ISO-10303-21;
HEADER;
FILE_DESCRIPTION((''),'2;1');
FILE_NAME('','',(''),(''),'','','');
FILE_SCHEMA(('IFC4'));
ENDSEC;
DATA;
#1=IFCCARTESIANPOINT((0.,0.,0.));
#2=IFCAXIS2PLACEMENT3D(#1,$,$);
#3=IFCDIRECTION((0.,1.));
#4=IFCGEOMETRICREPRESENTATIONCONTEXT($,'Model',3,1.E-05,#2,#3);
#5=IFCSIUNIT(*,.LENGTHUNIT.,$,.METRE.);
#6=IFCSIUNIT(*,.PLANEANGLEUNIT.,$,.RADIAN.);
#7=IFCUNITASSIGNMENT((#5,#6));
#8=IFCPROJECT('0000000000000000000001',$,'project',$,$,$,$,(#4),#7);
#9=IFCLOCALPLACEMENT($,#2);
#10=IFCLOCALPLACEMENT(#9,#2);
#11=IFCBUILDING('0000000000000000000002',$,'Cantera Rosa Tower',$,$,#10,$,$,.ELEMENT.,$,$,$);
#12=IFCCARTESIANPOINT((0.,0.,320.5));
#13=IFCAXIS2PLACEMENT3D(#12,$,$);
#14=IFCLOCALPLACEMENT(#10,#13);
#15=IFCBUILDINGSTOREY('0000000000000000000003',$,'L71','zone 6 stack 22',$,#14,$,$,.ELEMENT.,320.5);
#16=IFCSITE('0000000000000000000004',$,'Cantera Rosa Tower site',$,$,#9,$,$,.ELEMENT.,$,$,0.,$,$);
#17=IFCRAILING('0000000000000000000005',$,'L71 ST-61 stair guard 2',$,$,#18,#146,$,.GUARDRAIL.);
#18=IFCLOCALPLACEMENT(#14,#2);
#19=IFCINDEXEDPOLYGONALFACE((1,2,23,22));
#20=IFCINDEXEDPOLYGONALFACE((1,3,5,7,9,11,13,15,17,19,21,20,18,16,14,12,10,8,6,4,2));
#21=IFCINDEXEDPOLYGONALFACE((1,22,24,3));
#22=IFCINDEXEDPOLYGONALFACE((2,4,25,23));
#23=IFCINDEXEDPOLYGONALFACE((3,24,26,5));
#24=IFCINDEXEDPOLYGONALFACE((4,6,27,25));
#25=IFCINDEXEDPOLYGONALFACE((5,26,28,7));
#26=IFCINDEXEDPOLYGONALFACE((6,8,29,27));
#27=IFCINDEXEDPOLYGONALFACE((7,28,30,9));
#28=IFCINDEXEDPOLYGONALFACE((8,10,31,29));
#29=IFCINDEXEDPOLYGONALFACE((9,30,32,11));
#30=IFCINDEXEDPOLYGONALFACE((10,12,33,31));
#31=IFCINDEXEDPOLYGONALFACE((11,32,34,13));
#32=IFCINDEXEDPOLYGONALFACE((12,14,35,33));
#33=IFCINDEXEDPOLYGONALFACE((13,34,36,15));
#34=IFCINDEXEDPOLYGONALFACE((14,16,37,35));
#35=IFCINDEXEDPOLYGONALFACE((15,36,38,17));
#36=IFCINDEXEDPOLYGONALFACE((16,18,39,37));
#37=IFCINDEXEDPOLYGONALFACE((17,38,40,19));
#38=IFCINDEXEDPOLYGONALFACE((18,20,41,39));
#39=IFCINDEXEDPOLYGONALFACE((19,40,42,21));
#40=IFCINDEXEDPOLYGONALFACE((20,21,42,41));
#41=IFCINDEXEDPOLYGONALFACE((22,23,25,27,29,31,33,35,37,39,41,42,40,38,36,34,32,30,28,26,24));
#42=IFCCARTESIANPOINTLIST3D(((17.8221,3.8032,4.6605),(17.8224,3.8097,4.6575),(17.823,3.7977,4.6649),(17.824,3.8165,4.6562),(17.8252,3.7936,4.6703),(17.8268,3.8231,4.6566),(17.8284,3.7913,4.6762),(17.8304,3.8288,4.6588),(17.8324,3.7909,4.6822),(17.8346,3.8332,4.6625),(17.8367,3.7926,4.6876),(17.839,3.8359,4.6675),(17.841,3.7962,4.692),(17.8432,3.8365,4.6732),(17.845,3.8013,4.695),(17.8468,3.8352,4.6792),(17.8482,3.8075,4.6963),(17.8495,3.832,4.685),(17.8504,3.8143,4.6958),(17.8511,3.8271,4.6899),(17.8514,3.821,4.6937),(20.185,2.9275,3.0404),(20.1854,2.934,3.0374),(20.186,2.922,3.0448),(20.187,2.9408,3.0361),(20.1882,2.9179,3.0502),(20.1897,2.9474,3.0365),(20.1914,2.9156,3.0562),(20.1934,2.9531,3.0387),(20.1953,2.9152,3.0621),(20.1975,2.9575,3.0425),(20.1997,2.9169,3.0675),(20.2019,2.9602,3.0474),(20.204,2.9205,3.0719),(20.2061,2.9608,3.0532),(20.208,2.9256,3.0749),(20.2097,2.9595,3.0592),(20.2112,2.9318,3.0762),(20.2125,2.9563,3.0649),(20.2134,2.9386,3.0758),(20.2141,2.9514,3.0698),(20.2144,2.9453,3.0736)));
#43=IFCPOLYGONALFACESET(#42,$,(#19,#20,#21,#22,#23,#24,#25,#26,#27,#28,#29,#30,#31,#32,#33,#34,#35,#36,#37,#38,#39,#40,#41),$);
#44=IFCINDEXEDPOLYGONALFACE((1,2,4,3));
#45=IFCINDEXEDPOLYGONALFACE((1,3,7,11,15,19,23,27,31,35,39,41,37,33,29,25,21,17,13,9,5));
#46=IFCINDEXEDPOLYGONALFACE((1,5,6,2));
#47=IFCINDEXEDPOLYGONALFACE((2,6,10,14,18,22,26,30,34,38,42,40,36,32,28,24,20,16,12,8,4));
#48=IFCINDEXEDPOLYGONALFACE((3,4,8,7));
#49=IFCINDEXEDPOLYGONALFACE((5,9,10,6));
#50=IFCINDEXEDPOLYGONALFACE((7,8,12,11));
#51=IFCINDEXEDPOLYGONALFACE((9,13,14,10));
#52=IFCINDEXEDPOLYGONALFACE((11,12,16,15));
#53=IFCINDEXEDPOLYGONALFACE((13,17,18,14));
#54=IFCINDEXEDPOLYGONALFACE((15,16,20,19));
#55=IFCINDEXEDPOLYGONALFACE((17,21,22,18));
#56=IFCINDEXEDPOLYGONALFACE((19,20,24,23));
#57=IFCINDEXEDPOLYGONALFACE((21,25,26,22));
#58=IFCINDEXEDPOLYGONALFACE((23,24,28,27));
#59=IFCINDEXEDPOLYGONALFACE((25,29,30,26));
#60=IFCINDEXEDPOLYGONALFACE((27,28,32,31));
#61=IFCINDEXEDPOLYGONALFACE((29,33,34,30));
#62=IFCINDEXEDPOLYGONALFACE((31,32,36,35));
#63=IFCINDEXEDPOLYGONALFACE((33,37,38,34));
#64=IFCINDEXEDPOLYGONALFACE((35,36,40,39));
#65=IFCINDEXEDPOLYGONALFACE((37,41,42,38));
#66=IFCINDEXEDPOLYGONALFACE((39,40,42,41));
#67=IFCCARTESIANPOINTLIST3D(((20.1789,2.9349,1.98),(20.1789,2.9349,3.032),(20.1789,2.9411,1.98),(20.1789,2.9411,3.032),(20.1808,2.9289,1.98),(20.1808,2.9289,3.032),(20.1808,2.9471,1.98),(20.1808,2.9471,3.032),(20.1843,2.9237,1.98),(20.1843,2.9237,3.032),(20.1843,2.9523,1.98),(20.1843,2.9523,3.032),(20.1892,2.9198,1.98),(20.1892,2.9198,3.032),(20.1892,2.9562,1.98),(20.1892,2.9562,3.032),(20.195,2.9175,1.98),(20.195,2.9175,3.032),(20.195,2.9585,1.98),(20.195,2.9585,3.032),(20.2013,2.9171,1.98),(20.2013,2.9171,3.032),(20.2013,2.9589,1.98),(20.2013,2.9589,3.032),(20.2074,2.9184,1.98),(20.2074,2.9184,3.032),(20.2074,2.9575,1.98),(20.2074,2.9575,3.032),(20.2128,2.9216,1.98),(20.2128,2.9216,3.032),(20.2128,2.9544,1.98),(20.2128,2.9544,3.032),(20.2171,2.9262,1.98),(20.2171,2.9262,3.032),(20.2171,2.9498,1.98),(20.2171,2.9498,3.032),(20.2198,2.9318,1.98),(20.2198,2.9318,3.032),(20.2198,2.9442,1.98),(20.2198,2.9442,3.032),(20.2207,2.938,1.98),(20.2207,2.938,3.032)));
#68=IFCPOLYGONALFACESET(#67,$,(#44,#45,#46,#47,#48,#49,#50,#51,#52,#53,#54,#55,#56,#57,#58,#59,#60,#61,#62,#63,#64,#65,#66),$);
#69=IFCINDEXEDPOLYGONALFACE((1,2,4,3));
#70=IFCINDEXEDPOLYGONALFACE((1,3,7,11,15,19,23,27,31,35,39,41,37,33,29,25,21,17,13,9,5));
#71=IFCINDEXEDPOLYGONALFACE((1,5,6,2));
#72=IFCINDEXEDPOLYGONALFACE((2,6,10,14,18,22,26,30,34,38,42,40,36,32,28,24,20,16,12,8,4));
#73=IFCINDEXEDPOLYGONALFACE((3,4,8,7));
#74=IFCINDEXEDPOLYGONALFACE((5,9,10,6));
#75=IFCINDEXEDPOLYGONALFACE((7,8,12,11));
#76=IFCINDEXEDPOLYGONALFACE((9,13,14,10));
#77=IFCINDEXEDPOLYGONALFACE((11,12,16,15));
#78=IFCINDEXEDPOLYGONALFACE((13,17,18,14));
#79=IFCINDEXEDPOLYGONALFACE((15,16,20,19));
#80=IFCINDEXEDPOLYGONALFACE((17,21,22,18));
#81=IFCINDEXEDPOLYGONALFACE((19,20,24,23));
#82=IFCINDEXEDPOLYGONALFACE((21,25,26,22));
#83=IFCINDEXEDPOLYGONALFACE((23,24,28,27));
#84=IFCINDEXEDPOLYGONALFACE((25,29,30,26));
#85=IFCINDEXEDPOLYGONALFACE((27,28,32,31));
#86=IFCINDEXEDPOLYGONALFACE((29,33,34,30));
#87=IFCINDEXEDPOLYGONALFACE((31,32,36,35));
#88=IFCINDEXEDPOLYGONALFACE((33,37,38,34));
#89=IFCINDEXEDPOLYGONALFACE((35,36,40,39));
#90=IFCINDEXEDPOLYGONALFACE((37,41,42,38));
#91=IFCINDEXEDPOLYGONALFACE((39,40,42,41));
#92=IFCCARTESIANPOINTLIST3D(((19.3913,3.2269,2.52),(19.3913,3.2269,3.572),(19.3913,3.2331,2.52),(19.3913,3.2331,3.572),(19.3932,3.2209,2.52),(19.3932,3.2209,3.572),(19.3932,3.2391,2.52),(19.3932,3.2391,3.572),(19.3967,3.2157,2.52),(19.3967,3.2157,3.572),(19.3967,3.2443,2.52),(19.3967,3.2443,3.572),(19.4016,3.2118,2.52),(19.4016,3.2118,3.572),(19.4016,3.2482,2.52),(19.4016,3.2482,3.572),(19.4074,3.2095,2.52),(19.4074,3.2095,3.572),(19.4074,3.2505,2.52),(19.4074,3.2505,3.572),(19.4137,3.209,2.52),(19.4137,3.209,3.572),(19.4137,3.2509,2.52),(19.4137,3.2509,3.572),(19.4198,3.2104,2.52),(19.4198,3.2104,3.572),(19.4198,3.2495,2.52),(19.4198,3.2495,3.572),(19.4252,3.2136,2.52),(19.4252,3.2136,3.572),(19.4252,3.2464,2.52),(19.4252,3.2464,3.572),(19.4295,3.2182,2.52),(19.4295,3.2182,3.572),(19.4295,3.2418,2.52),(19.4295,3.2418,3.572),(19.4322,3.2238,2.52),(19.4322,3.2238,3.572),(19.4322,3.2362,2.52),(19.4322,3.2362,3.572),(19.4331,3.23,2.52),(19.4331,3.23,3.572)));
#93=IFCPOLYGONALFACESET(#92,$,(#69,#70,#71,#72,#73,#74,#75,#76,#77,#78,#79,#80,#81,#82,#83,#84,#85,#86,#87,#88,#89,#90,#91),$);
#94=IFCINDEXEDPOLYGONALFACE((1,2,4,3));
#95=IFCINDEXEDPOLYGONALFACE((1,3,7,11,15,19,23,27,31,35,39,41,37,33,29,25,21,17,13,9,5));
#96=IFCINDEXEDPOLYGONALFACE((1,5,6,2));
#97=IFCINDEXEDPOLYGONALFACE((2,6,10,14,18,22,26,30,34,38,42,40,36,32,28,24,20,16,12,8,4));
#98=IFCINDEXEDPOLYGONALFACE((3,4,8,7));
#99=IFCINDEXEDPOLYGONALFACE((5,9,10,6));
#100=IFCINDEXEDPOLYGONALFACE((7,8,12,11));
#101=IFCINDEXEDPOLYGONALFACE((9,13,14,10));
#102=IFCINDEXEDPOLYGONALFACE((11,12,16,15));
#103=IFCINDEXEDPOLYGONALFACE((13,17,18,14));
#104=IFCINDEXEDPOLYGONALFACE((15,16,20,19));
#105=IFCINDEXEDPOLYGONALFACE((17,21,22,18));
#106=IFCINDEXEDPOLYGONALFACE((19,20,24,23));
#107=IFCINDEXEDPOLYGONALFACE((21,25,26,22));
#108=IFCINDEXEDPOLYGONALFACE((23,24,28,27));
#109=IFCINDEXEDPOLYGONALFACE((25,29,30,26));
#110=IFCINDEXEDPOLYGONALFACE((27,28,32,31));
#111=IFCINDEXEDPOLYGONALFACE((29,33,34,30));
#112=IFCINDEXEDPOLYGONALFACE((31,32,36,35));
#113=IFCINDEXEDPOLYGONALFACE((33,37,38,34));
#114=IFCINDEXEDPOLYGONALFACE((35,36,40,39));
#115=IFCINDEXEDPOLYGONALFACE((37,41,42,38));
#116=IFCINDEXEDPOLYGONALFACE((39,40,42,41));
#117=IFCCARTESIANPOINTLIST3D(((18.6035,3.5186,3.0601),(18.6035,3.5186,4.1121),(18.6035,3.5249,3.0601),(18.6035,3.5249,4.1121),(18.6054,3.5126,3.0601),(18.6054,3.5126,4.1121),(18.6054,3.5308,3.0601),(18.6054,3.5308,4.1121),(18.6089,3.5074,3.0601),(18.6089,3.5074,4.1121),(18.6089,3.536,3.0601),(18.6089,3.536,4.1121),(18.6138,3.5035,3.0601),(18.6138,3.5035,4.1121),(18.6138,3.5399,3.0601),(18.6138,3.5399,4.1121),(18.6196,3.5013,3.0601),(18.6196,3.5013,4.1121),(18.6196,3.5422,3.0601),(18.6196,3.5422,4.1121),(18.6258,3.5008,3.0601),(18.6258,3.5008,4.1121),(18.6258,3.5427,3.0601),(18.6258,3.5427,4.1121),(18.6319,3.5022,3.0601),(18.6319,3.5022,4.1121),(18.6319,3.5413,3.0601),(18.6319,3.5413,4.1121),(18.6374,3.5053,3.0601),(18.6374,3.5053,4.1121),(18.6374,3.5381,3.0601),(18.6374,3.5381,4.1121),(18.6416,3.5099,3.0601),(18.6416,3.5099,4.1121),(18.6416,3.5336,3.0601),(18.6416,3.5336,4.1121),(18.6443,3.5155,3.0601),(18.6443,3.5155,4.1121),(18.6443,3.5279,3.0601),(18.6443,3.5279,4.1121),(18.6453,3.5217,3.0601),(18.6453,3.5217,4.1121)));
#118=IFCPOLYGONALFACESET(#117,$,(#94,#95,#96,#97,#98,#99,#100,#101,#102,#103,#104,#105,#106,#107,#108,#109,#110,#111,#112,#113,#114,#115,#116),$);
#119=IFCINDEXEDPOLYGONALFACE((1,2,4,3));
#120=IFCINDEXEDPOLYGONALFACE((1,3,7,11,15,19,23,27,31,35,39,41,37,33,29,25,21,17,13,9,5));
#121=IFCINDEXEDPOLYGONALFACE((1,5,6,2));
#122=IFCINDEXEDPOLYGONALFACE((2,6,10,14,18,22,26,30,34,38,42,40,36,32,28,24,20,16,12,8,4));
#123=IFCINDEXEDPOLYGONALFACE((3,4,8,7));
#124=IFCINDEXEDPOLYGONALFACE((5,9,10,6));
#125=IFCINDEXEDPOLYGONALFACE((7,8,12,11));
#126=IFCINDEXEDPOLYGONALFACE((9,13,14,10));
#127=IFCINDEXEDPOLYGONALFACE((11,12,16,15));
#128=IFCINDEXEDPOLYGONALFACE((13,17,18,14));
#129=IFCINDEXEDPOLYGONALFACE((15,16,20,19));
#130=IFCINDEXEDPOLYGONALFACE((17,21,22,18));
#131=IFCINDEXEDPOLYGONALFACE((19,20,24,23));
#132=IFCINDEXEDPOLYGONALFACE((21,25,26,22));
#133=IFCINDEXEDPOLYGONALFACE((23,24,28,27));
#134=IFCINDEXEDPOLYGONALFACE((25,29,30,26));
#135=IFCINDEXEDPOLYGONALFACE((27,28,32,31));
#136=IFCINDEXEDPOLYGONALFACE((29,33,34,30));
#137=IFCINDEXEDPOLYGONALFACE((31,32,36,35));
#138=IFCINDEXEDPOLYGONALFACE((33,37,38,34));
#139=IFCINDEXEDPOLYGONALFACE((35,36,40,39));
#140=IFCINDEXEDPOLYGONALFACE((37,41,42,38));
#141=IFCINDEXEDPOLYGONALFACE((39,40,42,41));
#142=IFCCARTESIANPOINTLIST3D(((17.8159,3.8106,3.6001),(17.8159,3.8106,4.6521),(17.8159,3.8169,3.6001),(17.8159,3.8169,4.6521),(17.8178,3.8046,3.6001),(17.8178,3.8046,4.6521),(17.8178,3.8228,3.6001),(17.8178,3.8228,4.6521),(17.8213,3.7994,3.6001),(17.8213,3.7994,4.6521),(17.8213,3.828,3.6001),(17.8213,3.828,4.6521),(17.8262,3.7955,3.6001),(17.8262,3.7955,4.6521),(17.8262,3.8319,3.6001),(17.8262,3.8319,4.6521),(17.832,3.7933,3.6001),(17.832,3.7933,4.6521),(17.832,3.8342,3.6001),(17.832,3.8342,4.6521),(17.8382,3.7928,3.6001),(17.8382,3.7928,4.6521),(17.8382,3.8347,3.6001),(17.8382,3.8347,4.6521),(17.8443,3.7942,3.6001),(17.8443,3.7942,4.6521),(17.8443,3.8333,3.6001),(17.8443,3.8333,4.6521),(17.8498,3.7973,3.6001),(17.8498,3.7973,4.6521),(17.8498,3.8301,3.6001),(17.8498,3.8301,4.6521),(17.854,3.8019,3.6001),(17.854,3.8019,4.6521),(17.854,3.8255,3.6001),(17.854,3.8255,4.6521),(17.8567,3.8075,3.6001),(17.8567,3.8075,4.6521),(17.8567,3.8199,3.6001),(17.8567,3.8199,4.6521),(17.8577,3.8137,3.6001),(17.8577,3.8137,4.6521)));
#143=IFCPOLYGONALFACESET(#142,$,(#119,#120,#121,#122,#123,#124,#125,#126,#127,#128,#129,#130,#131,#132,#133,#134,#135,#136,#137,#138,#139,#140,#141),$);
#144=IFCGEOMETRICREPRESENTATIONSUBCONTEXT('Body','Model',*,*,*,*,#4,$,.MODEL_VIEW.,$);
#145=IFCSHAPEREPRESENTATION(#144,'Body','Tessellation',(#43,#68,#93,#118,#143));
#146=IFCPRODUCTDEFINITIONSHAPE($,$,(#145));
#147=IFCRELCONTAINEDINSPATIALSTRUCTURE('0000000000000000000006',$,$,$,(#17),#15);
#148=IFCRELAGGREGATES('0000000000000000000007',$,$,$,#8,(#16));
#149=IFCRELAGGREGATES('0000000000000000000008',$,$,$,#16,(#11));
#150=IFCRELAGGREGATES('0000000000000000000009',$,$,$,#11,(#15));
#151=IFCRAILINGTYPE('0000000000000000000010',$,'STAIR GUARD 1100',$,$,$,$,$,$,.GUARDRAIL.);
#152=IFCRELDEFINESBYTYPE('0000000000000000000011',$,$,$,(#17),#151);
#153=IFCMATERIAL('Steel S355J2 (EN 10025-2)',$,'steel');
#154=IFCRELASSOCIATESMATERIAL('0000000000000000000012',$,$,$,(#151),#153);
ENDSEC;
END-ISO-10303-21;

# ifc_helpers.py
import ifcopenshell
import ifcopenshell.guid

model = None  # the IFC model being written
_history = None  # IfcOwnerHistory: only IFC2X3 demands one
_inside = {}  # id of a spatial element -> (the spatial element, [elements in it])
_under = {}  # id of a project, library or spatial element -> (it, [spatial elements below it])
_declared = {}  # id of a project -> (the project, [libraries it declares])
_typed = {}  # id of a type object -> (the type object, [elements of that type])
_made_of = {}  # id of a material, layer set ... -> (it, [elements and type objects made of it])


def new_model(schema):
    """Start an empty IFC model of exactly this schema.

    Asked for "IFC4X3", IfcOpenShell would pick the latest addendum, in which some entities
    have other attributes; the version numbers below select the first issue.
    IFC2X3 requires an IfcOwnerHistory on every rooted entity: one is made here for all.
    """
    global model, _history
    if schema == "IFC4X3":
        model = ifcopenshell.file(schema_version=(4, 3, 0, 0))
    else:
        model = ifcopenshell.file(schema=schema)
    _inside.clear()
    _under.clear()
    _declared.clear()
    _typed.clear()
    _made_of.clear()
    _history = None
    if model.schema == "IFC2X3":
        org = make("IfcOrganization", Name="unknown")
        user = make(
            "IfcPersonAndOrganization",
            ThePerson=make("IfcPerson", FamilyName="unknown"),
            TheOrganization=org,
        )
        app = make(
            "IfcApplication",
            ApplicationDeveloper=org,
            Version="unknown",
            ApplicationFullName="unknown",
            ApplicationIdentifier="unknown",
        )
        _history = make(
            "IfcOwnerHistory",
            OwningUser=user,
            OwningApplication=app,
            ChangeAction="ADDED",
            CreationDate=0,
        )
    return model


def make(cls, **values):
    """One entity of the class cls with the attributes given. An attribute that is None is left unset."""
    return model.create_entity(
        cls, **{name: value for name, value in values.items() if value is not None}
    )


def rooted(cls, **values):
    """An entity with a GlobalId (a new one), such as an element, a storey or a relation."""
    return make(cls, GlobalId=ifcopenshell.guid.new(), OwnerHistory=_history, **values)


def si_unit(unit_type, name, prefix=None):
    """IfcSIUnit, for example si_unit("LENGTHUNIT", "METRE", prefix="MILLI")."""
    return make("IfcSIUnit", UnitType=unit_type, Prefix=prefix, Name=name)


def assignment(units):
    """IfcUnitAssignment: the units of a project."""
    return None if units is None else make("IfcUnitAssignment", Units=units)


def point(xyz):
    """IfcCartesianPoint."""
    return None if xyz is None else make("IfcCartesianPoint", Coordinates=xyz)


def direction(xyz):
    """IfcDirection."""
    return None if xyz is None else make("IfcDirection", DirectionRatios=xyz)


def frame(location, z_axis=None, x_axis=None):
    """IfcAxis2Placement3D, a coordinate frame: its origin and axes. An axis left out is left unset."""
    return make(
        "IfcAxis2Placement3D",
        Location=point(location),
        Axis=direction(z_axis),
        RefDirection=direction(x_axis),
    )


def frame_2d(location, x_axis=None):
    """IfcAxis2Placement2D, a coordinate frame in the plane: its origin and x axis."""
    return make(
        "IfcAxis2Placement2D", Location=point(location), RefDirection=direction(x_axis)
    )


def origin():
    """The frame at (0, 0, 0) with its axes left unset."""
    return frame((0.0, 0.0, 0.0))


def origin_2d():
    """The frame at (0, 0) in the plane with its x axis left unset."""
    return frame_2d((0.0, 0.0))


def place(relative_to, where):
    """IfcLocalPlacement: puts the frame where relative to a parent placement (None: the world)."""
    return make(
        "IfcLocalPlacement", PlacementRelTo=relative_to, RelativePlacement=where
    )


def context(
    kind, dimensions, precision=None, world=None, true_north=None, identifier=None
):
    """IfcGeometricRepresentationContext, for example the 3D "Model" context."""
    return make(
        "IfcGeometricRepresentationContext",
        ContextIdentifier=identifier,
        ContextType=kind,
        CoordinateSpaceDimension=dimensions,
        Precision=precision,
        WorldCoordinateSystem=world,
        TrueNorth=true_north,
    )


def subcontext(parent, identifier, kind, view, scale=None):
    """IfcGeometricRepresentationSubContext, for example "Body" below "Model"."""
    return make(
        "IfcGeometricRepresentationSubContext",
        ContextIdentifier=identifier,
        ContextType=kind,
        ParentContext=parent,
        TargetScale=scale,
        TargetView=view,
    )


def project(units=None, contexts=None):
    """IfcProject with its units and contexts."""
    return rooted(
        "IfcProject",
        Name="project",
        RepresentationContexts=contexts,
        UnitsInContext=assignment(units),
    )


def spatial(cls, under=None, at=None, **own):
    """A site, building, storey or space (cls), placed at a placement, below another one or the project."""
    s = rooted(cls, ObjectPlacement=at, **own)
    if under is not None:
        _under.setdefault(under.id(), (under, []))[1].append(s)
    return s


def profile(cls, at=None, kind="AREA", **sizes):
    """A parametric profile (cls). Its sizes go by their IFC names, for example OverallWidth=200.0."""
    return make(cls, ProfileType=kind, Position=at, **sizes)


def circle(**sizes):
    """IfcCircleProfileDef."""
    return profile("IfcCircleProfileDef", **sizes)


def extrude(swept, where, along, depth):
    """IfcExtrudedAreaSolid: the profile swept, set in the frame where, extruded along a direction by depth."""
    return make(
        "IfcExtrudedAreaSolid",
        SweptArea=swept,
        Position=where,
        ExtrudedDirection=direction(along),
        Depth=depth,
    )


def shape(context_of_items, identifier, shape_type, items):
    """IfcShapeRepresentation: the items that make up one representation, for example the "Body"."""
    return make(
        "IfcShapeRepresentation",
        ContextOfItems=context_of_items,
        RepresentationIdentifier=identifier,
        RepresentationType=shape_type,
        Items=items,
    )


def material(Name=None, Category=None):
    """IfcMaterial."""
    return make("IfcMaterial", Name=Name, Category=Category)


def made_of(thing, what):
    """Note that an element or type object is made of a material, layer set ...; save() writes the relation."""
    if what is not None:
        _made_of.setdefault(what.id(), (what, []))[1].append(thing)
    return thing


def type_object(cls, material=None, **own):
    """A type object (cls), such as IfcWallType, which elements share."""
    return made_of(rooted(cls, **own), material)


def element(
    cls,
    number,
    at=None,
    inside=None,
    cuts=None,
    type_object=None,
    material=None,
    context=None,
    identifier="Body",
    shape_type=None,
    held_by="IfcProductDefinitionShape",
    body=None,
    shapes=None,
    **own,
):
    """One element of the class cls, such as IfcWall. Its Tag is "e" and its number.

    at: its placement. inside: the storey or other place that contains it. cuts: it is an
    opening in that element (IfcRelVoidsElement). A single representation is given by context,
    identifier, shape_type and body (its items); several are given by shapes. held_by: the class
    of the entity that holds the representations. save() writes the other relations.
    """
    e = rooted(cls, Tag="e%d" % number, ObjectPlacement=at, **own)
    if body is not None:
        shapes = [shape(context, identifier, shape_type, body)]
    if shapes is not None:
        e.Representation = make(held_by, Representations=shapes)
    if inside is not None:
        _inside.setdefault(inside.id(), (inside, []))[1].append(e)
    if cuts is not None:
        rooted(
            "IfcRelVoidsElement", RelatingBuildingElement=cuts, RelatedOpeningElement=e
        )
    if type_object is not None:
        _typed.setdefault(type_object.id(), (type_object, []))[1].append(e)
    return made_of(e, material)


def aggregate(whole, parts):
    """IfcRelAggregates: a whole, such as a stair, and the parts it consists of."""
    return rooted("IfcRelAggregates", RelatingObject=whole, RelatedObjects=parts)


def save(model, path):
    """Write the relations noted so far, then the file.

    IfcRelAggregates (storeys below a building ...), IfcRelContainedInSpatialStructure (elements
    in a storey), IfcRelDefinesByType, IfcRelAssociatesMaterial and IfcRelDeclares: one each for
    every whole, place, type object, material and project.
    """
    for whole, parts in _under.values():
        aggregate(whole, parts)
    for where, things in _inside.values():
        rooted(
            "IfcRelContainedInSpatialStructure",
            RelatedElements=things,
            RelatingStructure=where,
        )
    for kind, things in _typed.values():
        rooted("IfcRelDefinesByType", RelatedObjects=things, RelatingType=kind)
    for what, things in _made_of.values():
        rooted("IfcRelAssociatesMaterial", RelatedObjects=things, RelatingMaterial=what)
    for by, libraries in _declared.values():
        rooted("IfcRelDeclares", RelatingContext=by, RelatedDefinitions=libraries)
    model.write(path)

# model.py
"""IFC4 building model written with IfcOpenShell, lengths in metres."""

from ifc_helpers import new_model, si_unit, direction, frame, origin, origin_2d, place, context, subcontext, project, spatial, circle, extrude, material, type_object, element, save


model = new_model("IFC4")

# Units and contexts
model_context = context("Model", 3, precision=1e-05, world=origin(), true_north=direction((0.0, 1.0)))
body_context = subcontext(model_context, "Body", "Model", "MODEL_VIEW")
ifc_project = project(units=[si_unit("LENGTHUNIT", "METRE"), si_unit("PLANEANGLEUNIT", "RADIAN")], contexts=[model_context])

# Site, building, storey
site_placement = place(None, origin())
site = spatial("IfcSite", under=ifc_project, at=site_placement, Name="Cantera Rosa Tower site", CompositionType="ELEMENT", RefElevation=0.0)
building_placement = place(site_placement, origin())
building = spatial("IfcBuilding", under=site, at=building_placement, Name="Cantera Rosa Tower", CompositionType="ELEMENT")
storey_placement = place(building_placement, frame((0.0, 0.0, 320.5)))
storey = spatial("IfcBuildingStorey", under=building, at=storey_placement, Name="L71", Description="zone 6 stack 22", CompositionType="ELEMENT", Elevation=320.5)

# Railing
ifc_material_1 = material(Name="Steel S355J2 (EN 10025-2)", Category="steel")
railing_type_1 = type_object("IfcRailingType", Name="STAIR GUARD 1100", PredefinedType="GUARDRAIL", material=ifc_material_1)
railing_1_placement = place(storey_placement, frame((20.1997, 2.938, 1.98)))
element("IfcRailing", 1, at=railing_1_placement, inside=storey, type_object=railing_type_1, Name="L71 ST-61 stair guard 2", PredefinedType="GUARDRAIL", context=body_context, shape_type="SweptSolid", body=[
    extrude(circle(Radius=0.0239, at=origin_2d()), frame((0.0, 0.0, 1.0762), z_axis=(-0.788748, 0.292307, 0.540772), x_axis=(-0.347501, -0.93768, 0.0)), (0.0, 0.0, 1.0), 2.9958),
    extrude(circle(Radius=0.021, at=origin_2d()), origin(), (0.0, 0.0, 1.0), 1.052),
    extrude(circle(Radius=0.021, at=origin_2d()), frame((-0.7876, 0.292, 0.54)), (0.0, 0.0, 1.0), 1.052),
    extrude(circle(Radius=0.021, at=origin_2d()), frame((-1.5754, 0.5837, 1.0801)), (0.0, 0.0, 1.0), 1.052),
    extrude(circle(Radius=0.021, at=origin_2d()), frame((-2.363, 0.8757, 1.6201)), (0.0, 0.0, 1.0), 1.052),
])

save(model, "model.ifc")
